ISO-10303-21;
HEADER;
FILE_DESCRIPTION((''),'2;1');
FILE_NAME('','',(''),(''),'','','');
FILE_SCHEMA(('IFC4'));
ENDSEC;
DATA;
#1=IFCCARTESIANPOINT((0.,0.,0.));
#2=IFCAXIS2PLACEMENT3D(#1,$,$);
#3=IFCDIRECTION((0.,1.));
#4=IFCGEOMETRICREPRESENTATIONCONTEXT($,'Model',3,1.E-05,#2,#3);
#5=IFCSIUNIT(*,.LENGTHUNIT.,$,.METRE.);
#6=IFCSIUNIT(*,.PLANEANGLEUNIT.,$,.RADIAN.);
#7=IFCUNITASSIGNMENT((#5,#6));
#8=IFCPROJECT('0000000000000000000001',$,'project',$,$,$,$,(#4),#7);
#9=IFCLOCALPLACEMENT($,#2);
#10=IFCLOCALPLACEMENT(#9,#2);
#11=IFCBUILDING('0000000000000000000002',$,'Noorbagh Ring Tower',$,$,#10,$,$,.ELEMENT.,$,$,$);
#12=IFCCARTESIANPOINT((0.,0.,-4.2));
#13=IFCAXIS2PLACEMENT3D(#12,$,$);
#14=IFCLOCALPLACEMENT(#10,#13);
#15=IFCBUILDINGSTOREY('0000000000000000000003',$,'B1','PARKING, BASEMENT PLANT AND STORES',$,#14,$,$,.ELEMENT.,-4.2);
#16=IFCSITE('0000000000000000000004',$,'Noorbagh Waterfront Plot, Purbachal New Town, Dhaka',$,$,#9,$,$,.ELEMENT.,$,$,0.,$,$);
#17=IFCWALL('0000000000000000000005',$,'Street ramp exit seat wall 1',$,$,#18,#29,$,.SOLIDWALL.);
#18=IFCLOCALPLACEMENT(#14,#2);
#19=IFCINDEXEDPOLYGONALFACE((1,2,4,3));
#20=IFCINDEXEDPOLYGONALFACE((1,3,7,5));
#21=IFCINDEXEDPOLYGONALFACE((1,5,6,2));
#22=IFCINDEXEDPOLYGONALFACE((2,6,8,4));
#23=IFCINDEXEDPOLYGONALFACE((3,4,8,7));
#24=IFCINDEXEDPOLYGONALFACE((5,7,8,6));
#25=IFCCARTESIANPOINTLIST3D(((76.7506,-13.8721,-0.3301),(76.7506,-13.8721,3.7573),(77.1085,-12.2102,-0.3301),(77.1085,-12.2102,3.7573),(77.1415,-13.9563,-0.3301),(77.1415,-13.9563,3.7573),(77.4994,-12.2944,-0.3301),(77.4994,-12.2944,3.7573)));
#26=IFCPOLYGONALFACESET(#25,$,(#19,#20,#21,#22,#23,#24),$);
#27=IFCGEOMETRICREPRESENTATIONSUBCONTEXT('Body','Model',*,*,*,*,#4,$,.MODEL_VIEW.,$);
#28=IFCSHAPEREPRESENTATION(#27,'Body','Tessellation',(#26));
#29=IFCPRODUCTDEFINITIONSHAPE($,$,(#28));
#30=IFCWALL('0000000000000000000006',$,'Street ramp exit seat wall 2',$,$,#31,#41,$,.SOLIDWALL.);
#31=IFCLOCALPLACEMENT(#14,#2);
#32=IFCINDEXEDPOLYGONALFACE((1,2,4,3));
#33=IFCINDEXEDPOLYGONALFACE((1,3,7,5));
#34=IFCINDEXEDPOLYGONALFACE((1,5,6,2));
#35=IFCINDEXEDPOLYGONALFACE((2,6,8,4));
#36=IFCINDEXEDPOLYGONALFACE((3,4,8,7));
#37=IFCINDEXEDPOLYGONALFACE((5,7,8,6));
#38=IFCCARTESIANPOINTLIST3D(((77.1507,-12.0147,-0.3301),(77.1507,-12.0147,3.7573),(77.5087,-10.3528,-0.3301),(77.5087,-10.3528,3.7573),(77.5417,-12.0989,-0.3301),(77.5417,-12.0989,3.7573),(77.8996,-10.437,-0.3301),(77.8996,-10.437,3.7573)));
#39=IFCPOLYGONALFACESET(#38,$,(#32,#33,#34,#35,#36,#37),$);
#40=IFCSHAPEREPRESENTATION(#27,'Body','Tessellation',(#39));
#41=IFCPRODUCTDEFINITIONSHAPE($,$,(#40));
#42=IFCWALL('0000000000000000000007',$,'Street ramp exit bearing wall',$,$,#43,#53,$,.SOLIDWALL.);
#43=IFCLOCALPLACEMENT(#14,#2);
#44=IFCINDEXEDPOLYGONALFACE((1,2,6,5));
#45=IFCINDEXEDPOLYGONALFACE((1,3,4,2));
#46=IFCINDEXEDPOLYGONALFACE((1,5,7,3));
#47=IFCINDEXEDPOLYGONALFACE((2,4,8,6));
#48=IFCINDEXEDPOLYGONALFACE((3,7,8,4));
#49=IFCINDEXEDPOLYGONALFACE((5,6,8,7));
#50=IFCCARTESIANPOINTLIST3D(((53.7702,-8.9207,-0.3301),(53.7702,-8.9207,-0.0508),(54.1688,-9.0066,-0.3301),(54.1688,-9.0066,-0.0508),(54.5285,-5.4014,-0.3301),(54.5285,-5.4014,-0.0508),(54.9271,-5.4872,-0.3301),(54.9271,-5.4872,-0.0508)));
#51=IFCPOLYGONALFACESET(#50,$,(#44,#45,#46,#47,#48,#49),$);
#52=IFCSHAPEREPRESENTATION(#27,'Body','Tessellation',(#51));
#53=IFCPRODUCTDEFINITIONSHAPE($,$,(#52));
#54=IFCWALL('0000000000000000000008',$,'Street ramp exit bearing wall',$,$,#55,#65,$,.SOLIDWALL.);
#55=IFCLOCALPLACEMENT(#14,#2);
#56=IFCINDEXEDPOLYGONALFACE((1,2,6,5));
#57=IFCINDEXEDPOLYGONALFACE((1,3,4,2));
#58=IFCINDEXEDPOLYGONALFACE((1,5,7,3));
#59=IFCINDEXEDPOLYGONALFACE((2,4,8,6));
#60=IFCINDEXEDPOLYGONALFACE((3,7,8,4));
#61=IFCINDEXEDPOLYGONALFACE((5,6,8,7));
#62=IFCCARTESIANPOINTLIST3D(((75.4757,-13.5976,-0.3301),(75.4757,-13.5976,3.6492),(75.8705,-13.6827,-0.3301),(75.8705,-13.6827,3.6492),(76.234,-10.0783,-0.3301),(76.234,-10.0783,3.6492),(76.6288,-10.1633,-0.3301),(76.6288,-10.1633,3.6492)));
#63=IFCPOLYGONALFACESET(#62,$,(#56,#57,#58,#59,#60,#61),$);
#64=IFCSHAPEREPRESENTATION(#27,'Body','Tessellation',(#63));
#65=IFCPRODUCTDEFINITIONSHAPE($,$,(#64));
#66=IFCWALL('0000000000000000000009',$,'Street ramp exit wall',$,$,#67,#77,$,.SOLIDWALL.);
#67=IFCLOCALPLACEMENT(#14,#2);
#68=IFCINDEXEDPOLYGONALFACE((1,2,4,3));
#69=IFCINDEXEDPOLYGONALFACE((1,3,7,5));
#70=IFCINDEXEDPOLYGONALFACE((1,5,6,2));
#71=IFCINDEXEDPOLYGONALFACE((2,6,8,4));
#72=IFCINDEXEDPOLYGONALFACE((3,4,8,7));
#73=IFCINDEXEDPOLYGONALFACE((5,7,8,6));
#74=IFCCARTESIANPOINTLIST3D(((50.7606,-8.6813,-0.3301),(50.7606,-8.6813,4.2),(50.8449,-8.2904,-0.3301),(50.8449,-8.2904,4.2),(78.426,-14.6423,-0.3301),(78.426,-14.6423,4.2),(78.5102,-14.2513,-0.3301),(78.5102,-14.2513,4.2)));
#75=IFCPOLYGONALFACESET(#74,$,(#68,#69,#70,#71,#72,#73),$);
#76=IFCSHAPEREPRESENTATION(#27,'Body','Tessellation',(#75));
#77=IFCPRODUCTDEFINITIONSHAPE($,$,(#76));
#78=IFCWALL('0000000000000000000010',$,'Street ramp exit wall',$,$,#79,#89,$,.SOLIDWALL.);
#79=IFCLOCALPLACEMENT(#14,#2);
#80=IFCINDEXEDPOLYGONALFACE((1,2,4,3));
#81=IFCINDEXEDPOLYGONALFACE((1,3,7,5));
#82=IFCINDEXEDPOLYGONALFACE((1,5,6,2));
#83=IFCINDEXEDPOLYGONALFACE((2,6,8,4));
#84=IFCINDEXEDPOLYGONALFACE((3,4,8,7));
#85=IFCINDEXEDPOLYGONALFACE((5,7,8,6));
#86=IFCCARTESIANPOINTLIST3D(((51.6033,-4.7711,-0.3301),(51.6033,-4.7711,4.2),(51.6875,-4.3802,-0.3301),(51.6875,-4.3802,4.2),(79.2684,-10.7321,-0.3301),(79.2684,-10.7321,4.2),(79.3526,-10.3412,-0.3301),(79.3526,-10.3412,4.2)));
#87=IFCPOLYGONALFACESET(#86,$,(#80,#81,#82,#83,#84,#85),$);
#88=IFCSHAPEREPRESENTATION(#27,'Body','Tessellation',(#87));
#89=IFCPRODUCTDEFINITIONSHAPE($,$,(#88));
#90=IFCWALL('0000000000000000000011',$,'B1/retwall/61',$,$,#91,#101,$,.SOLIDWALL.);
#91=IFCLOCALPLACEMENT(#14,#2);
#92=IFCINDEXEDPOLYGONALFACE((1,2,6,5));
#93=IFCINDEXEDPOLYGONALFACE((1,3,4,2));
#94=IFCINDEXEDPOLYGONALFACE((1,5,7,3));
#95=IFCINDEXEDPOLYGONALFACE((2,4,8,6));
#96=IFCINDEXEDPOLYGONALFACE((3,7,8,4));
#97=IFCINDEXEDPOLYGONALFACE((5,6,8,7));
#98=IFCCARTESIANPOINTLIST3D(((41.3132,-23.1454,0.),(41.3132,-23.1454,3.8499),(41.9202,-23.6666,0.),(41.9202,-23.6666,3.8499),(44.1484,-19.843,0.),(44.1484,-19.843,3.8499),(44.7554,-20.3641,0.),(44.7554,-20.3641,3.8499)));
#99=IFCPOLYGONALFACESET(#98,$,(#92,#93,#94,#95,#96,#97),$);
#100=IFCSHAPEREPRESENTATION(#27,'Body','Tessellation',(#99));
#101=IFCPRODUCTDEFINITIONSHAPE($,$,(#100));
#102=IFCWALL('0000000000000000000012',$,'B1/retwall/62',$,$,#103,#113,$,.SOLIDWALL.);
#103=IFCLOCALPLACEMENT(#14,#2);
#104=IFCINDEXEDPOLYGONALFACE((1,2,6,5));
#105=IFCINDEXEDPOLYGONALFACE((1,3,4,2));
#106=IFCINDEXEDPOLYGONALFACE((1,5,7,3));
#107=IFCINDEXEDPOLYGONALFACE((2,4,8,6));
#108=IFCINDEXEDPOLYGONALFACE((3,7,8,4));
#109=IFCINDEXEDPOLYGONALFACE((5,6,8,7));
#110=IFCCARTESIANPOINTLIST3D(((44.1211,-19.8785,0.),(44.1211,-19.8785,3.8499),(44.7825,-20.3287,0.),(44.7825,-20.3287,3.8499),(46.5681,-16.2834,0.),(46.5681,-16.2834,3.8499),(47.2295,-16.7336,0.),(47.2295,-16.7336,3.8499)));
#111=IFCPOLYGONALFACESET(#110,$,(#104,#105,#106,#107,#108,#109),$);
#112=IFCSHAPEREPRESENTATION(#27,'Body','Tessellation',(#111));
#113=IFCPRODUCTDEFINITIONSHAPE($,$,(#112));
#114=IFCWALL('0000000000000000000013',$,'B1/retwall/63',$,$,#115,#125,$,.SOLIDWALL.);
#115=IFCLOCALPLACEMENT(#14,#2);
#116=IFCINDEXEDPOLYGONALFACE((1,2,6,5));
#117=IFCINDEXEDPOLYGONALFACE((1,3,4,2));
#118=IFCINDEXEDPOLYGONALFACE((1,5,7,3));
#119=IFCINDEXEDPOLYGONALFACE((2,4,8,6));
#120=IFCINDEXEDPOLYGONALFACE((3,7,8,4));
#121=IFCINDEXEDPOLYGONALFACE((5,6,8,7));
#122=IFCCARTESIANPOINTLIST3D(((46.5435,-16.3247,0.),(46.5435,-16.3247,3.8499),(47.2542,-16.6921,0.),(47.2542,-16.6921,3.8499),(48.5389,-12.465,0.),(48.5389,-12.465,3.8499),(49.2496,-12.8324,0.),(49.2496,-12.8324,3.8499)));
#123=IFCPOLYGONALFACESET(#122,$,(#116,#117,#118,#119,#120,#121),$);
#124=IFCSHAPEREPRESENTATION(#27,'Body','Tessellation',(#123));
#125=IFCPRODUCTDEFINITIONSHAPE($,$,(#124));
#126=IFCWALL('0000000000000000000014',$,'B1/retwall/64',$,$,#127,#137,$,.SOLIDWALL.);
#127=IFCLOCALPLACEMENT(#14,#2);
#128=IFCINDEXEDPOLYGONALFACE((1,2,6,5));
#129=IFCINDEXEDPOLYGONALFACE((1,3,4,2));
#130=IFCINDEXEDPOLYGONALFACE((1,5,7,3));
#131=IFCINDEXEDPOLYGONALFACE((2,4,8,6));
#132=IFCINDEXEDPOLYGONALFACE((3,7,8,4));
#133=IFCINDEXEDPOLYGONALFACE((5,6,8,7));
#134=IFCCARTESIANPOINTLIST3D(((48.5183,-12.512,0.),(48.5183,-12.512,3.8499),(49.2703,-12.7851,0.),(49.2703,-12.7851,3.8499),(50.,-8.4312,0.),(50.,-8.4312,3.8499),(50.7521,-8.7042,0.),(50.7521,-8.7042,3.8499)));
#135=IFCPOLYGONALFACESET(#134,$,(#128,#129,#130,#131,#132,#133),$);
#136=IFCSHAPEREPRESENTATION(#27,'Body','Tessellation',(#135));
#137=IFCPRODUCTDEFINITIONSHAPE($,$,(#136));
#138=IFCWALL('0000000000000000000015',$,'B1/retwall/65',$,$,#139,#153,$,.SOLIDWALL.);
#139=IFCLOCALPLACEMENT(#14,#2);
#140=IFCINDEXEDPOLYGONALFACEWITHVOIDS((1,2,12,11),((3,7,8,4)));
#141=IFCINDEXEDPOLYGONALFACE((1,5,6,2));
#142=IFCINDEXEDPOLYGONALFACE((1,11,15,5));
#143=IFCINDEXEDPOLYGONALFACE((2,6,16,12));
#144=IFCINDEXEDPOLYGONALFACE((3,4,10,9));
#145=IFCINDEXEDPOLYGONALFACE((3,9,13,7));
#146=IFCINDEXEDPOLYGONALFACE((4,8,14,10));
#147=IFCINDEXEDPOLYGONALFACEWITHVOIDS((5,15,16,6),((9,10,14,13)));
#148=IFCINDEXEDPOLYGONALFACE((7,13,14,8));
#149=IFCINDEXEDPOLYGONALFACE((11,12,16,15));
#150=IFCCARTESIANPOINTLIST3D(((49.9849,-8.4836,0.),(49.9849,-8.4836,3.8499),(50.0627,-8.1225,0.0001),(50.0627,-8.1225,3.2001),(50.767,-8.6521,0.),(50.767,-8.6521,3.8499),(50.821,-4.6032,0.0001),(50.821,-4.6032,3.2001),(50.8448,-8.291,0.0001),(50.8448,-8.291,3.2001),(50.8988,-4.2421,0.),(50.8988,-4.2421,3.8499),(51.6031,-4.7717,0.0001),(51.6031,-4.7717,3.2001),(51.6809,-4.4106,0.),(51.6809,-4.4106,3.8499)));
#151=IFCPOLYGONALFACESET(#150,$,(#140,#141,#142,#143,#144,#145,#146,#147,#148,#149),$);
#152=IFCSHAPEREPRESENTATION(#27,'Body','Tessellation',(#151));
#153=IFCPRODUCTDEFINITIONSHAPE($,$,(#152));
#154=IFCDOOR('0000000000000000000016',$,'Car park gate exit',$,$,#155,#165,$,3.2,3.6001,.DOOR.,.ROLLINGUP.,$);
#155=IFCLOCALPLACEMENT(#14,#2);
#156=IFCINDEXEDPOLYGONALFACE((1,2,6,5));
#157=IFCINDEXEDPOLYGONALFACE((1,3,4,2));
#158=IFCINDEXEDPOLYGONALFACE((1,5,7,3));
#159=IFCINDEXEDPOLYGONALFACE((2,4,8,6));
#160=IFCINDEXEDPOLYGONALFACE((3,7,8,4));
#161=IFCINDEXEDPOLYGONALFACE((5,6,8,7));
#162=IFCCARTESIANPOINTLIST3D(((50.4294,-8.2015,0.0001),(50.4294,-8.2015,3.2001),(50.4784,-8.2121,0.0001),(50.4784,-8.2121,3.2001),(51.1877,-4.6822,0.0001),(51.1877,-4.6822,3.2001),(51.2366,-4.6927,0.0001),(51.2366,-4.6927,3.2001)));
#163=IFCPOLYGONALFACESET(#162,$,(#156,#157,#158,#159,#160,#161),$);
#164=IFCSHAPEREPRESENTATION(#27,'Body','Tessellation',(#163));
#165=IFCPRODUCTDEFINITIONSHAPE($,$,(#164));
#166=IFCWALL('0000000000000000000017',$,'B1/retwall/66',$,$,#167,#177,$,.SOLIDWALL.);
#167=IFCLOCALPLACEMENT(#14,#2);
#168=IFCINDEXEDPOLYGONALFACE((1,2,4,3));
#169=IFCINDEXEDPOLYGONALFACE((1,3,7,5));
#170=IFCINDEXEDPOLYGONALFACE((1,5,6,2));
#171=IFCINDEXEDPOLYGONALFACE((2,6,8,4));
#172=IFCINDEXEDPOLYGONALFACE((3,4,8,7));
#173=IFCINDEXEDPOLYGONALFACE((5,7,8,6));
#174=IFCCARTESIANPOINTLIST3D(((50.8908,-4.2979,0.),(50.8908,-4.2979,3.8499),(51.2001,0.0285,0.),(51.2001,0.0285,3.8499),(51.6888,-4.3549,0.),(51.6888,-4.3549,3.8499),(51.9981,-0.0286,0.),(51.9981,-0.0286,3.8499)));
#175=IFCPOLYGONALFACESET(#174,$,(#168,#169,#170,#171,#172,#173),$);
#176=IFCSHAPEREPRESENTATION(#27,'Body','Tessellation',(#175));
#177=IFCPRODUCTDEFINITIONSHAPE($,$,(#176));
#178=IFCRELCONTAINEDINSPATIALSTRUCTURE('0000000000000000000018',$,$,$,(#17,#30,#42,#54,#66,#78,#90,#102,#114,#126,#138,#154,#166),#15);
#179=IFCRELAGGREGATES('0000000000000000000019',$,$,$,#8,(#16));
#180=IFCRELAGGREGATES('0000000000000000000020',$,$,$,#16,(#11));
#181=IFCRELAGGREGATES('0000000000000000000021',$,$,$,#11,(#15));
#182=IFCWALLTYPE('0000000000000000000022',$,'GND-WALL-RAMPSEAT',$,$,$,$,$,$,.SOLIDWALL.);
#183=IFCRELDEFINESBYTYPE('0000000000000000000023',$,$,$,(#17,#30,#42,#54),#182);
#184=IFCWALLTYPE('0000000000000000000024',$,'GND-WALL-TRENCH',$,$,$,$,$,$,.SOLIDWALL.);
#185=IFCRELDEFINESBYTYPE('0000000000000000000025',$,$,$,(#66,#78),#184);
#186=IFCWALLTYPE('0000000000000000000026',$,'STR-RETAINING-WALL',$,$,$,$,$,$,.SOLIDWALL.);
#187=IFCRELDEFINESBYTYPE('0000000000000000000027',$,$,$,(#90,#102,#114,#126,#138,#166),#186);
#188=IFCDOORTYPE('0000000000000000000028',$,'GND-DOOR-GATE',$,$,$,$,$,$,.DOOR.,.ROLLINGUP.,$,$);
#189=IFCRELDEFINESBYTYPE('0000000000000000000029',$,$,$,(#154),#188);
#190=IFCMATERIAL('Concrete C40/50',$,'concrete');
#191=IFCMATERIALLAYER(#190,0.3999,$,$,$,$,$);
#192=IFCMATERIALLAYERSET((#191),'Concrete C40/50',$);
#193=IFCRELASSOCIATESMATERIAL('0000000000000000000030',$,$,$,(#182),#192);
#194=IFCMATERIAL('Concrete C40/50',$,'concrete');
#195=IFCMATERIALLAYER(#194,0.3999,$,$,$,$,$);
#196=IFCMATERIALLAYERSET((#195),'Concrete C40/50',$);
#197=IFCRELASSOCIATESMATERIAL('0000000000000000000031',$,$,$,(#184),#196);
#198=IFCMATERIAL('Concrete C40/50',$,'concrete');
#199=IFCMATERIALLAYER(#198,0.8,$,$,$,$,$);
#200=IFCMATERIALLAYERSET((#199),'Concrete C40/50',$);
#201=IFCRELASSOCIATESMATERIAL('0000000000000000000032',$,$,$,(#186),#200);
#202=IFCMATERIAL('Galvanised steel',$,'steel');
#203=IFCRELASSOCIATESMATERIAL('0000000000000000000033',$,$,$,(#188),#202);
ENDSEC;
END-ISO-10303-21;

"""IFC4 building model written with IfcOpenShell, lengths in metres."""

from ifc_helpers import new_model, si_unit, direction, frame, frame_2d, origin, place, context, subcontext, project, spatial, rectangle, extrude, material, layer, layer_set, type_object, element, fill, save


model = new_model("IFC4")

# Units and contexts
model_context = context("Model", 3, precision=1e-05, world=origin(), true_north=direction((0.0, 1.0)))
body_context = subcontext(model_context, "Body", "Model", "MODEL_VIEW")
ifc_project = project(units=[si_unit("LENGTHUNIT", "METRE"), si_unit("PLANEANGLEUNIT", "RADIAN")], contexts=[model_context])

# Site, building, storey
site_placement = place(None, origin())
site = spatial("IfcSite", under=ifc_project, at=site_placement, Name="Noorbagh Waterfront Plot, Purbachal New Town, Dhaka", CompositionType="ELEMENT", RefElevation=0.0)
building_placement = place(site_placement, origin())
building = spatial("IfcBuilding", under=site, at=building_placement, Name="Noorbagh Ring Tower", CompositionType="ELEMENT")
storey_placement = place(building_placement, frame((0.0, 0.0, -4.2)))
storey = spatial("IfcBuildingStorey", under=building, at=storey_placement, Name="B1", Description="PARKING, BASEMENT PLANT AND STORES", CompositionType="ELEMENT", Elevation=-4.2)

# Walls
ifc_material_1 = material(Name="Concrete C40/50", Category="concrete")
ifc_layer_1 = layer(ifc_material_1, 0.3999)
ifc_layer_set_1 = layer_set([ifc_layer_1], Name="Concrete C40/50")
wall_type_1 = type_object("IfcWallType", Name="GND-WALL-RAMPSEAT", PredefinedType="SOLIDWALL", material=ifc_layer_set_1)
for number, where, z_axis, x_axis, name in (
    (1, (76.946, -13.9143, -0.3301), (0.0, 0.0, 1.0), (0.210539, 0.977585, 0.0), "Street ramp exit seat wall 1"),
    (2, (77.3462, -12.0569, -0.3301), (0.0, 0.0, 1.0), (0.210539, 0.977585, 0.0), "Street ramp exit seat wall 2"),
):
    element("IfcWall", number, at=place(storey_placement, frame(where, z_axis=z_axis, x_axis=x_axis)), inside=storey, type_object=wall_type_1, Name=name, PredefinedType="SOLIDWALL", context=body_context, shape_type="SweptSolid", body=[
        extrude(rectangle(XDim=1.7, YDim=0.3999, at=frame_2d((0.8501, 0.0))), origin(), (0.0, 0.0, 1.0), 4.0874),
    ])
wall_1_placement = place(storey_placement, frame((53.9695, -8.9636, -0.3301), z_axis=(0.0, 0.0, 1.0), x_axis=(0.210636, 0.977565, 0.0)))
element("IfcWall", 3, at=wall_1_placement, inside=storey, type_object=wall_type_1, Name="Street ramp exit bearing wall", PredefinedType="SOLIDWALL", context=body_context, shape_type="SweptSolid", body=[
    extrude(rectangle(XDim=3.6001, YDim=0.4077, at=frame_2d((1.8, 0.0))), origin(), (0.0, 0.0, 1.0), 0.2793),
])
wall_2_placement = place(storey_placement, frame((75.6731, -13.6401, -0.3301), z_axis=(0.0, 0.0, 1.0), x_axis=(0.210636, 0.977565, 0.0)))
element("IfcWall", 4, at=wall_2_placement, inside=storey, type_object=wall_type_1, Name="Street ramp exit bearing wall", PredefinedType="SOLIDWALL", context=body_context, shape_type="SweptSolid", body=[
    extrude(rectangle(XDim=3.6001, YDim=0.4038, at=frame_2d((1.8, 0.0))), origin(), (0.0, 0.0, 1.0), 3.9792),
])
ifc_material_2 = material(Name="Concrete C40/50", Category="concrete")
ifc_layer_2 = layer(ifc_material_2, 0.3999)
ifc_layer_set_2 = layer_set([ifc_layer_2], Name="Concrete C40/50")
wall_type_2 = type_object("IfcWallType", Name="GND-WALL-TRENCH", PredefinedType="SOLIDWALL", material=ifc_layer_set_2)
wall_3_placement = place(storey_placement, frame((50.8027, -8.4858, -0.3301), z_axis=(0.0, 0.0, 1.0), x_axis=(0.977565, -0.210632, 0.0)))
element("IfcWall", 5, at=wall_3_placement, inside=storey, type_object=wall_type_2, Name="Street ramp exit wall", PredefinedType="SOLIDWALL", context=body_context, shape_type="SweptSolid", body=[
    extrude(rectangle(XDim=28.3003, YDim=0.3999, at=frame_2d((14.1501, 0.0))), origin(), (0.0, 0.0, 1.0), 4.53),
])
wall_4_placement = place(storey_placement, frame((51.6455, -4.5757, -0.3301), z_axis=(0.0, 0.0, 1.0), x_axis=(0.977565, -0.210634, 0.0)))
element("IfcWall", 6, at=wall_4_placement, inside=storey, type_object=wall_type_2, Name="Street ramp exit wall", PredefinedType="SOLIDWALL", context=body_context, shape_type="SweptSolid", body=[
    extrude(rectangle(XDim=28.3, YDim=0.3999, at=frame_2d((14.1499, 0.0))), origin(), (0.0, 0.0, 1.0), 4.53),
])
ifc_material_3 = material(Name="Concrete C40/50", Category="concrete")
ifc_layer_3 = layer(ifc_material_3, 0.8)
ifc_layer_set_3 = layer_set([ifc_layer_3], Name="Concrete C40/50")
wall_type_3 = type_object("IfcWallType", Name="STR-RETAINING-WALL", PredefinedType="SOLIDWALL", material=ifc_layer_set_3)
wall_5_placement = place(storey_placement, frame((41.6167, -23.406, 0.0), z_axis=(0.0, 0.0, 1.0), x_axis=(0.651387, 0.758746, 0.0)))
element("IfcWall", 7, at=wall_5_placement, inside=storey, type_object=wall_type_3, Name="B1/retwall/61", PredefinedType="SOLIDWALL", context=body_context, shape_type="SweptSolid", body=[
    extrude(rectangle(XDim=4.3525, YDim=0.8, at=frame_2d((2.1763, 0.0))), origin(), (0.0, 0.0, 1.0), 3.8499),
])
wall_6_placement = place(storey_placement, frame((44.4519, -20.1035, 0.0), z_axis=(0.0, 0.0, 1.0), x_axis=(0.562668, 0.826683, 0.0)))
element("IfcWall", 8, at=wall_6_placement, inside=storey, type_object=wall_type_3, Name="B1/retwall/62", PredefinedType="SOLIDWALL", context=body_context, shape_type="SweptSolid", body=[
    extrude(rectangle(XDim=4.3489, YDim=0.8, at=frame_2d((2.1743, 0.0))), origin(), (0.0, 0.0, 1.0), 3.8499),
])
wall_7_placement = place(storey_placement, frame((46.8989, -16.5083, 0.0), z_axis=(0.0, 0.0, 1.0), x_axis=(0.459243, 0.888311, 0.0)))
element("IfcWall", 9, at=wall_7_placement, inside=storey, type_object=wall_type_3, Name="B1/retwall/63", PredefinedType="SOLIDWALL", context=body_context, shape_type="SweptSolid", body=[
    extrude(rectangle(XDim=4.345, YDim=0.8, at=frame_2d((2.1724, 0.0))), origin(), (0.0, 0.0, 1.0), 3.8499),
])
wall_8_placement = place(storey_placement, frame((48.8943, -12.6487, 0.0), z_axis=(0.0, 0.0, 1.0), x_axis=(0.341287, 0.939959, 0.0)))
element("IfcWall", 10, at=wall_8_placement, inside=storey, type_object=wall_type_3, Name="B1/retwall/64", PredefinedType="SOLIDWALL", context=body_context, shape_type="SweptSolid", body=[
    extrude(rectangle(XDim=4.3416, YDim=0.8, at=frame_2d((2.1709, 0.0))), origin(), (0.0, 0.0, 1.0), 3.8499),
])

# Wall, opening, door
wall_9_placement = place(storey_placement, frame((50.376, -8.5679, 0.0), z_axis=(0.0, 0.0, 1.0), x_axis=(0.210616, 0.977569, 0.0)))
wall_9 = element("IfcWall", 11, at=wall_9_placement, inside=storey, type_object=wall_type_3, Name="B1/retwall/65", PredefinedType="SOLIDWALL", context=body_context, shape_type="SweptSolid", body=[
    extrude(rectangle(XDim=4.3389, YDim=0.8, at=frame_2d((2.1694, 0.0))), origin(), (0.0, 0.0, 1.0), 3.8499),
])
opening_placement = place(wall_9_placement, frame((0.3694, 0.0, 0.0)))
opening = element("IfcOpeningElement", 12, at=opening_placement, cuts=wall_9, PredefinedType="OPENING", context=body_context, shape_type="SweptSolid", body=[
    extrude(rectangle(XDim=3.6001, YDim=3.2, at=frame_2d((1.8, 1.6001))), frame((0.0, 0.4102, 0.0), z_axis=(0.0, -1.0, 0.0), x_axis=(1.0, 0.0, 0.0)), (0.0, 0.0, 1.0), 0.8201),
])
ifc_material_4 = material(Name="Galvanised steel", Category="steel")
door_type = type_object("IfcDoorType", Name="GND-DOOR-GATE", OperationType="ROLLINGUP", PredefinedType="DOOR", material=ifc_material_4)
door_placement = place(opening_placement, origin())
door = element("IfcDoor", 13, at=door_placement, inside=storey, type_object=door_type, Name="Car park gate exit", OperationType="ROLLINGUP", OverallHeight=3.2, OverallWidth=3.6001, PredefinedType="DOOR", context=body_context, shape_type="SweptSolid", body=[
    extrude(rectangle(XDim=3.6001, YDim=3.2, at=frame_2d((1.8, 1.6001))), frame((0.0, 0.0249, 0.0), z_axis=(0.0, -1.0, 0.0), x_axis=(1.0, 0.0, 0.0)), (0.0, 0.0, 1.0), 0.05),
])
fill(opening, door)

# Wall
wall_10_placement = place(storey_placement, frame((51.2898, -4.3264, 0.0), z_axis=(0.0, 0.0, 1.0), x_axis=(0.071315, 0.997454, 0.0)))
element("IfcWall", 14, at=wall_10_placement, inside=storey, type_object=wall_type_3, Name="B1/retwall/66", PredefinedType="SOLIDWALL", context=body_context, shape_type="SweptSolid", body=[
    extrude(rectangle(XDim=4.3374, YDim=0.8, at=frame_2d((2.1687, 0.0))), origin(), (0.0, 0.0, 1.0), 3.8499),
])

save(model, "model.ifc")
